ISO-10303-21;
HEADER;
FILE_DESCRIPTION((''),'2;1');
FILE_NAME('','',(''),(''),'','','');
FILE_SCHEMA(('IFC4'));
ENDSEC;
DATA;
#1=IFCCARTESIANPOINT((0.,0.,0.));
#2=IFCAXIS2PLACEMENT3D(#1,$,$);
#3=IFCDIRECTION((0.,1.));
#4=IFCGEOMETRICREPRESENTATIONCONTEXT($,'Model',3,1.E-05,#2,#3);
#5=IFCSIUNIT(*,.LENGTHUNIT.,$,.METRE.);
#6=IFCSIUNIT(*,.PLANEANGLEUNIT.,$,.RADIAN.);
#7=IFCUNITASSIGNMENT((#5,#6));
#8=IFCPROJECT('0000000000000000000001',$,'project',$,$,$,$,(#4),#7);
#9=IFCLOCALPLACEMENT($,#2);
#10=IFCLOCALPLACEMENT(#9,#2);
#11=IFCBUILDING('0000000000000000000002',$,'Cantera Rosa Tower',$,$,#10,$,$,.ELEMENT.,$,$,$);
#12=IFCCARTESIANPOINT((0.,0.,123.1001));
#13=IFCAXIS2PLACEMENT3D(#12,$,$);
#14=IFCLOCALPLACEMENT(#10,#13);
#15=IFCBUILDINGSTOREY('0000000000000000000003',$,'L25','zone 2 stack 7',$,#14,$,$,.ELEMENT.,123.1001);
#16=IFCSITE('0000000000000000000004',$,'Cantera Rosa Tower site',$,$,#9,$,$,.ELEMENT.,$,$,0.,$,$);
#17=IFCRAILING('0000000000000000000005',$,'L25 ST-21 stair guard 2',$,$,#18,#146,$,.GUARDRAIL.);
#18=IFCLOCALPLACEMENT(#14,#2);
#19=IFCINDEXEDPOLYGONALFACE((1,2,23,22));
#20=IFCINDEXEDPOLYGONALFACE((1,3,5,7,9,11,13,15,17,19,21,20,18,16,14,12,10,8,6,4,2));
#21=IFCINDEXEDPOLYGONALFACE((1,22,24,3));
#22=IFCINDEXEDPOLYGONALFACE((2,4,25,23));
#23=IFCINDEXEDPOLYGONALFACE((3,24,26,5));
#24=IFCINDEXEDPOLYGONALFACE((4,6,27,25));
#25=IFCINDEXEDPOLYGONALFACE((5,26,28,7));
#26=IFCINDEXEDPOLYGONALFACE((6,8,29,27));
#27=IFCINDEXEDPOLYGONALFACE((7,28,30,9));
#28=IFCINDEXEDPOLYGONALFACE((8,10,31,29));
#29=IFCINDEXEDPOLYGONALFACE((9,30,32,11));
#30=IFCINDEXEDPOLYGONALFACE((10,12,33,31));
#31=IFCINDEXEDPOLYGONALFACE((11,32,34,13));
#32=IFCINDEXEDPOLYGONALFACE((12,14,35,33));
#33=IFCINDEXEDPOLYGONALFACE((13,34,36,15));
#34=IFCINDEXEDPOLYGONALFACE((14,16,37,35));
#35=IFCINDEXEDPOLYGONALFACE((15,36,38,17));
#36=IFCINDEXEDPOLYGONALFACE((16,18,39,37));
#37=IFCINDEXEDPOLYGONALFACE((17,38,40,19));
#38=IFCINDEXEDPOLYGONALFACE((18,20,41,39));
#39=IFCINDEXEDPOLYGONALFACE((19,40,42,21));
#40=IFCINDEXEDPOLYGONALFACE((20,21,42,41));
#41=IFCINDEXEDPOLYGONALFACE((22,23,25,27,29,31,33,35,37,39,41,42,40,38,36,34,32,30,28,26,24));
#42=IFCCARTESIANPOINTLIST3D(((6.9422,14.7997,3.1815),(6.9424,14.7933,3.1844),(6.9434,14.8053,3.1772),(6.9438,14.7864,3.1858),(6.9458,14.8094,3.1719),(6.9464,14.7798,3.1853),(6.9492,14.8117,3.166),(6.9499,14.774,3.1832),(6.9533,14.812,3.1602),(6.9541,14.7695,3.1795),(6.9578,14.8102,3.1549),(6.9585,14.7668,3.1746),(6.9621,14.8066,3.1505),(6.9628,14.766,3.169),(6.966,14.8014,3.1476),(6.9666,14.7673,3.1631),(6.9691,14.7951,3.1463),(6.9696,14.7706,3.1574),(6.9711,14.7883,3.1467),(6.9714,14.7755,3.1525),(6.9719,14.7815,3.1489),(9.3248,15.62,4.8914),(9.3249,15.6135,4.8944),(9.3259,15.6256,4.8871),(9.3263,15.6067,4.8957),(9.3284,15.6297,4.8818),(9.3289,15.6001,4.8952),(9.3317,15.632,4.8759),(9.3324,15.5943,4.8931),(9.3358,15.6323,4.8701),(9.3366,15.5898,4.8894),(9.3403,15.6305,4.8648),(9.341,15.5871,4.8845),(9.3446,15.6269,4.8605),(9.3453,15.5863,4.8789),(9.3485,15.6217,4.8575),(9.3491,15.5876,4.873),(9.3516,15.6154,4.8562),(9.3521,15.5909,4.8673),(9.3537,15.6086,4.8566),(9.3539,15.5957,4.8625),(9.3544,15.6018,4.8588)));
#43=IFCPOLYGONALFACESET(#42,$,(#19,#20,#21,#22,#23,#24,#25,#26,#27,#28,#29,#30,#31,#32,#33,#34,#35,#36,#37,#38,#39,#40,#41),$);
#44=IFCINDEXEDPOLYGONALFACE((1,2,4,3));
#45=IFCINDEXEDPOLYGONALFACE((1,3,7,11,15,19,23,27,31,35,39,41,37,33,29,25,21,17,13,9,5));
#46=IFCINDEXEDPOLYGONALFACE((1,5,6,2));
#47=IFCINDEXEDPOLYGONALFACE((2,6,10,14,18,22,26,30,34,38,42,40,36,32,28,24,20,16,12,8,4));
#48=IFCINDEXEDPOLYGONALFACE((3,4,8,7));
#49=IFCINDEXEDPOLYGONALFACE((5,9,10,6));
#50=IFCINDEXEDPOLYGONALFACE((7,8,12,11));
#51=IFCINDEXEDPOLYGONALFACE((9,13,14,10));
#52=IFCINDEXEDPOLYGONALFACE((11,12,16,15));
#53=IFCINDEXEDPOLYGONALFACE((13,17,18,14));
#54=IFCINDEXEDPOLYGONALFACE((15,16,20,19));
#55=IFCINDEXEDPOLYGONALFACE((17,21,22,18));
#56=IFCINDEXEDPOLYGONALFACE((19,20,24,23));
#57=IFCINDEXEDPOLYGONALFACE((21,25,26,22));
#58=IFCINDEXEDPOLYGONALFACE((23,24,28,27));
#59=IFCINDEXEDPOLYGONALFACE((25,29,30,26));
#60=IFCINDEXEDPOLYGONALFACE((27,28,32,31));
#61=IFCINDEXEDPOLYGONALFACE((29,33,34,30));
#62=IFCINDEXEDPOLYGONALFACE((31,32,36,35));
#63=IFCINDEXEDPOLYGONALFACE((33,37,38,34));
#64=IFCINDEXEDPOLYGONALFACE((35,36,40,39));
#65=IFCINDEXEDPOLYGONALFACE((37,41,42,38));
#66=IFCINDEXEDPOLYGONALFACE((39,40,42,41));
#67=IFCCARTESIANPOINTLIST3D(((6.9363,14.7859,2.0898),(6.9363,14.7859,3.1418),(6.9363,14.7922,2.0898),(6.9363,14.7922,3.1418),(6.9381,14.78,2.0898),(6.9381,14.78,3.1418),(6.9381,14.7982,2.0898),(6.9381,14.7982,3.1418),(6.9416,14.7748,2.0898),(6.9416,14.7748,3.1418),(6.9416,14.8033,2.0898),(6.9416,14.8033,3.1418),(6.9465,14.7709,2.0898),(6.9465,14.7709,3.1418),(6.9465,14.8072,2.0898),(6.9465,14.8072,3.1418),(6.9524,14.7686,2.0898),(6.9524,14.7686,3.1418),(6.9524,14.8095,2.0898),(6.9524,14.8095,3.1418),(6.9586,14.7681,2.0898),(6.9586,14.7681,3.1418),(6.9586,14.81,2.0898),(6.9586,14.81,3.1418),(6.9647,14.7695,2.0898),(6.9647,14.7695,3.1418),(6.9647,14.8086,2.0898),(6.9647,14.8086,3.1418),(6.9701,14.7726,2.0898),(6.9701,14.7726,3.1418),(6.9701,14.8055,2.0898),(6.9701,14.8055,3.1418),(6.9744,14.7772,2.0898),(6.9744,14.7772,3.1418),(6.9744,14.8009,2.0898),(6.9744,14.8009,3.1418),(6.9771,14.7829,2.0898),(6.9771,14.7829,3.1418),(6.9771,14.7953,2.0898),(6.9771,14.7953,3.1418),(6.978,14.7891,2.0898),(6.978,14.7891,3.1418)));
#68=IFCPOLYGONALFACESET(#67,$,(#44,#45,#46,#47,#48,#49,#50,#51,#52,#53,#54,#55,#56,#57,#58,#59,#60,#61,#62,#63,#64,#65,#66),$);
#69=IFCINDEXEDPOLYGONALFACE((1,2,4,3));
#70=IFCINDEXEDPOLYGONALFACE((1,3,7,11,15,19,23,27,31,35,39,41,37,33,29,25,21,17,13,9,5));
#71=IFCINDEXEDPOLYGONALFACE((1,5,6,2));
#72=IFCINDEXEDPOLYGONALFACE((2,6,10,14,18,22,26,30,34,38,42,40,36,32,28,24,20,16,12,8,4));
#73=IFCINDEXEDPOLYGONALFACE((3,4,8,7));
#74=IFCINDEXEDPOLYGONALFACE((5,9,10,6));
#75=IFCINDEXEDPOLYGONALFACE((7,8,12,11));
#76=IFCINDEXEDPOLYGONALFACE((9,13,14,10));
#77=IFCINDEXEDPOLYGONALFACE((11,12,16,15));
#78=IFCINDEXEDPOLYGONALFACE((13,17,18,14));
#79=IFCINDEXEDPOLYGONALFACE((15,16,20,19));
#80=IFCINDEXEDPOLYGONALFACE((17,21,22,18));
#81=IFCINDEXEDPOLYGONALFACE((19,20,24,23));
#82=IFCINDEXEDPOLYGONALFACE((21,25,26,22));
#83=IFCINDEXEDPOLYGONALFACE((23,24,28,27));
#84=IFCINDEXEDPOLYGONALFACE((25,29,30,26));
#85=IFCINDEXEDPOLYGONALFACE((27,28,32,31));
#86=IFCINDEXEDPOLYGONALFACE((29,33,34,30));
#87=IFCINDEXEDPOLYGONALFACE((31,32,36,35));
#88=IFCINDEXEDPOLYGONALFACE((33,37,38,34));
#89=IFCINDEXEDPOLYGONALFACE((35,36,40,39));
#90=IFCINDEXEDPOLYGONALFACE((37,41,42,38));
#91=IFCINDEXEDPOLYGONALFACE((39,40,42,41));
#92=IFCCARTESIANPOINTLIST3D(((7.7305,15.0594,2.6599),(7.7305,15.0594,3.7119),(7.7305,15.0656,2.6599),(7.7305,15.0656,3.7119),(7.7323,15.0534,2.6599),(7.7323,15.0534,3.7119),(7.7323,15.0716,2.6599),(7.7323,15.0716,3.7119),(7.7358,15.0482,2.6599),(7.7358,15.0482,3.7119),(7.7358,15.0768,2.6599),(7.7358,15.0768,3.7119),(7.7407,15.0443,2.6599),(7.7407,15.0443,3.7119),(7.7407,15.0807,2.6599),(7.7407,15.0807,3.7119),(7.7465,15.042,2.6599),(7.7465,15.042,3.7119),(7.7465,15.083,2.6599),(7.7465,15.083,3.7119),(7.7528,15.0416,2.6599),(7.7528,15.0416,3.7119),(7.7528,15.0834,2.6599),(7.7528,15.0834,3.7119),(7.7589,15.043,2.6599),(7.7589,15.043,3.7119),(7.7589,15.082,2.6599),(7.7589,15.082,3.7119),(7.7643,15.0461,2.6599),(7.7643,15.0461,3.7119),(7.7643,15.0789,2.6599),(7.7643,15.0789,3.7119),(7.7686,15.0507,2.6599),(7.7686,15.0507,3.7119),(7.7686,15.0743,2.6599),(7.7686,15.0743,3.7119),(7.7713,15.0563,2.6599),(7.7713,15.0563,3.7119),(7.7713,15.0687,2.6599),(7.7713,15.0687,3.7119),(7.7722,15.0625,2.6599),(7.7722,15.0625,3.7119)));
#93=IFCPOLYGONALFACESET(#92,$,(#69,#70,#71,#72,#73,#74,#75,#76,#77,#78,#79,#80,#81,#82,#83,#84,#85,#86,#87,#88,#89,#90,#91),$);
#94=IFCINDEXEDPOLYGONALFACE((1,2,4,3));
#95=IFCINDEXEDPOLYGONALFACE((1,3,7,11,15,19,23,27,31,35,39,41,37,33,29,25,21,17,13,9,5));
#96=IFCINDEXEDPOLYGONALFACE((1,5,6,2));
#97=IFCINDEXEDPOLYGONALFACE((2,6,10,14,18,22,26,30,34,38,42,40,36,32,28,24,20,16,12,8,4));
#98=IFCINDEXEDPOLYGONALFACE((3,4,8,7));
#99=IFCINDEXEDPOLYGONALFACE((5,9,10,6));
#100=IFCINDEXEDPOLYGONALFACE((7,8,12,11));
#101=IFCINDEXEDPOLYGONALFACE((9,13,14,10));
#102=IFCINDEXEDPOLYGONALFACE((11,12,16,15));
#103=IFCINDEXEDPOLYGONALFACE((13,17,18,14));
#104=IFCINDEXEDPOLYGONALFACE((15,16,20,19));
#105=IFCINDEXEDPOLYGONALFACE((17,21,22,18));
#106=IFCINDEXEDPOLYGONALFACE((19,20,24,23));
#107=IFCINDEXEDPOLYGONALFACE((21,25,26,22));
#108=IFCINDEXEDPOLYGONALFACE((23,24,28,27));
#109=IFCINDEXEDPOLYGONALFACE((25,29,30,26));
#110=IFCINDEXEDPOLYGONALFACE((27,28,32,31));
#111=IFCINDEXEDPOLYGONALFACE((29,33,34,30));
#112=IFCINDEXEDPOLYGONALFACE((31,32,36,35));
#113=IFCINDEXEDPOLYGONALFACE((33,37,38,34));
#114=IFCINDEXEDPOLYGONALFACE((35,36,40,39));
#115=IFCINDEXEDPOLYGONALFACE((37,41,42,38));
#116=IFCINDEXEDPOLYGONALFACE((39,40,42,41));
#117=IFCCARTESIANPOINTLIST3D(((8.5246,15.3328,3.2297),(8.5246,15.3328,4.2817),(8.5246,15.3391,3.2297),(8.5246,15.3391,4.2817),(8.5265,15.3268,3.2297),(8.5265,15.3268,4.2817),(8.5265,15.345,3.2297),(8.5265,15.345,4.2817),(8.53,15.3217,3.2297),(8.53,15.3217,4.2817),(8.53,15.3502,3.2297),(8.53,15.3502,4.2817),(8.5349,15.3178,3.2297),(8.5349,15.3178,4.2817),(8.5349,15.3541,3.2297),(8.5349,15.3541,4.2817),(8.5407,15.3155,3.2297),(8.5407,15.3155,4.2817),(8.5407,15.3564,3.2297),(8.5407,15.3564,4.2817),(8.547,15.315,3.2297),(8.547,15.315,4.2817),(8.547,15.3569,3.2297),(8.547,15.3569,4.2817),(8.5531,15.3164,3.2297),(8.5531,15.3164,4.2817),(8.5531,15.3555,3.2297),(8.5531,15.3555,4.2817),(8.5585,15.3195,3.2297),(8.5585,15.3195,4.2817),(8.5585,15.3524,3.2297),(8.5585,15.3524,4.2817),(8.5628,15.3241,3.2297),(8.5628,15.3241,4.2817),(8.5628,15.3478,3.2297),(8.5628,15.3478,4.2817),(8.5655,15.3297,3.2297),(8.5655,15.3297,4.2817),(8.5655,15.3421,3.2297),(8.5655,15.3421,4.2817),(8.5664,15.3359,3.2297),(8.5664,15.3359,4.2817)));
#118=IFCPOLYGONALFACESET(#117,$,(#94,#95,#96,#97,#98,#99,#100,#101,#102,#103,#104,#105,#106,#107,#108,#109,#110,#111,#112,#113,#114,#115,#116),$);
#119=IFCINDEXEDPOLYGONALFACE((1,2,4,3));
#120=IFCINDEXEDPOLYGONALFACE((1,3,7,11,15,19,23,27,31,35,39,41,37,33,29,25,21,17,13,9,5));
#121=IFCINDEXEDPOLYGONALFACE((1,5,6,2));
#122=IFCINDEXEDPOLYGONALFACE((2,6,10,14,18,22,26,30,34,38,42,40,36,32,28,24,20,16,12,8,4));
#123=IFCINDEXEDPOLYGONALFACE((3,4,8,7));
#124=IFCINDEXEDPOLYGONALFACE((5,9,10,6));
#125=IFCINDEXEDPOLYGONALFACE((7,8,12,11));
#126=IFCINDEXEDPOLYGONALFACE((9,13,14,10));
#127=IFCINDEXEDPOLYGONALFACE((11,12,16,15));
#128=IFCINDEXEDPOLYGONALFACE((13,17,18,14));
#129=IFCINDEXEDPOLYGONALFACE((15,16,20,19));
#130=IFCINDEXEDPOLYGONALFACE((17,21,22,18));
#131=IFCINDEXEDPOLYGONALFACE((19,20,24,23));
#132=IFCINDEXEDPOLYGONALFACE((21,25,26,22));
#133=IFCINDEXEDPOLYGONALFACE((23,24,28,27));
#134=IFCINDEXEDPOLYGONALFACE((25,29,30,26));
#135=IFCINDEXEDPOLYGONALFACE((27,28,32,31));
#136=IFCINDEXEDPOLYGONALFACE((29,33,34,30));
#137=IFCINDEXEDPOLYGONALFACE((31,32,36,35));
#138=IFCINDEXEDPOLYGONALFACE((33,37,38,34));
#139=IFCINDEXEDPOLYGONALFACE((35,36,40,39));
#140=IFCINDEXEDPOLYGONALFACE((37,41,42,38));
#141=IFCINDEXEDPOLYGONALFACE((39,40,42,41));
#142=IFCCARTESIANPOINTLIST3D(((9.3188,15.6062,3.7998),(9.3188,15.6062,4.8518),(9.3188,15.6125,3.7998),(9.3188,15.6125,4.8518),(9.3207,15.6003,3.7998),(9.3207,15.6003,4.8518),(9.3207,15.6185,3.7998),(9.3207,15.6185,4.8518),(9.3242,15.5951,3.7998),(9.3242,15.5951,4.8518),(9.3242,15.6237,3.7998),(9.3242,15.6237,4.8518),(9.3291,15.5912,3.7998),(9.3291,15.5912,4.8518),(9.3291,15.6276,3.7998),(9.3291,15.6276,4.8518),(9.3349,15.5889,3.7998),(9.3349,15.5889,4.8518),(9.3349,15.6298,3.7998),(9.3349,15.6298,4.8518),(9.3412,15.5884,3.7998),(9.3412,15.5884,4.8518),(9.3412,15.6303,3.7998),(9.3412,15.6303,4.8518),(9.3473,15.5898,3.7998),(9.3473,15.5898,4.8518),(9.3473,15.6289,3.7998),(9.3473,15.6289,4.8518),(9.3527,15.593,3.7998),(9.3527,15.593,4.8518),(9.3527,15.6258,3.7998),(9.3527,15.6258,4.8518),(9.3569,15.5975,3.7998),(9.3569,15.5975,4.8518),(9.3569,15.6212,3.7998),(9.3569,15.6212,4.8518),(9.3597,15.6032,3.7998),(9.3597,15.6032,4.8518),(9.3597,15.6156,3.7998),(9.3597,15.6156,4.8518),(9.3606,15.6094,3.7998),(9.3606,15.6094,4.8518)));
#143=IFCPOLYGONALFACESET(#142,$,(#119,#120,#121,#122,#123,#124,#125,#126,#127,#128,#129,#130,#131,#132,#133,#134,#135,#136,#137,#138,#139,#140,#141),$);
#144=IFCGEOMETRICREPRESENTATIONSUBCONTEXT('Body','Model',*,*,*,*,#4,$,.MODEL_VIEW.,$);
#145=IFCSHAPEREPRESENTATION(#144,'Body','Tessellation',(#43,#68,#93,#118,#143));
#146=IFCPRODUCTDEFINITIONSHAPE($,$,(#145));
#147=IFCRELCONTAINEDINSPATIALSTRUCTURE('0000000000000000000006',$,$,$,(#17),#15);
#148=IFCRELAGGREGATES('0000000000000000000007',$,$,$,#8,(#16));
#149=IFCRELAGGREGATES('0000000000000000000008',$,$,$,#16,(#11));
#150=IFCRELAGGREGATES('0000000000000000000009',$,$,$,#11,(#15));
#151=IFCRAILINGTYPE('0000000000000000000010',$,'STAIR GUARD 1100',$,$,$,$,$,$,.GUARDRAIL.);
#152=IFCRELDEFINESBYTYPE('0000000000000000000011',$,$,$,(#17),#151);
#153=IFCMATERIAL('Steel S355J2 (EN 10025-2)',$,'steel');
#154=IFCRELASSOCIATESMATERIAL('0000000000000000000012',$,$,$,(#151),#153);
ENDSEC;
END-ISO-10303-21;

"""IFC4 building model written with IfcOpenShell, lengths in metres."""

from ifc_helpers import new_model, si_unit, direction, frame, origin, origin_2d, place, context, subcontext, project, spatial, circle, extrude, material, type_object, element, save


model = new_model("IFC4")

# Units and contexts
model_context = context("Model", 3, precision=1e-05, world=origin(), true_north=direction((0.0, 1.0)))
body_context = subcontext(model_context, "Body", "Model", "MODEL_VIEW")
ifc_project = project(units=[si_unit("LENGTHUNIT", "METRE"), si_unit("PLANEANGLEUNIT", "RADIAN")], contexts=[model_context])

# Site, building, storey
site_placement = place(None, origin())
site = spatial("IfcSite", under=ifc_project, at=site_placement, Name="Cantera Rosa Tower site", CompositionType="ELEMENT", RefElevation=0.0)
building_placement = place(site_placement, origin())
building = spatial("IfcBuilding", under=site, at=building_placement, Name="Cantera Rosa Tower", CompositionType="ELEMENT")
storey_placement = place(building_placement, frame((0.0, 0.0, 123.1001)))
storey = spatial("IfcBuildingStorey", under=building, at=storey_placement, Name="L25", Description="zone 2 stack 7", CompositionType="ELEMENT", Elevation=123.1001)

# Railing
ifc_material_1 = material(Name="Steel S355J2 (EN 10025-2)", Category="steel")
railing_type_1 = type_object("IfcRailingType", Name="STAIR GUARD 1100", PredefinedType="GUARDRAIL", material=ifc_material_1)
railing_1_placement = place(storey_placement, frame((6.957, 14.7891, 2.0898)))
element("IfcRailing", 1, at=railing_1_placement, inside=storey, type_object=railing_type_1, Name="L25 ST-21 stair guard 2", PredefinedType="GUARDRAIL", context=body_context, shape_type="SweptSolid", body=[
    extrude(circle(Radius=0.0239, at=origin_2d()), frame((0.0, 0.0, 1.0762), z_axis=(0.78239, 0.269375, 0.561519), x_axis=(-0.325543, 0.945527, 0.0)), (0.0, 0.0, 1.0), 3.0452),
    extrude(circle(Radius=0.021, at=origin_2d()), origin(), (0.0, 0.0, 1.0), 1.052),
    extrude(circle(Radius=0.021, at=origin_2d()), frame((0.7942, 0.2734, 0.5701)), (0.0, 0.0, 1.0), 1.052),
    extrude(circle(Radius=0.021, at=origin_2d()), frame((1.5884, 0.5469, 1.1399)), (0.0, 0.0, 1.0), 1.052),
    extrude(circle(Radius=0.021, at=origin_2d()), frame((2.3826, 0.8203, 1.71)), (0.0, 0.0, 1.0), 1.052),
])

save(model, "model.ifc")
